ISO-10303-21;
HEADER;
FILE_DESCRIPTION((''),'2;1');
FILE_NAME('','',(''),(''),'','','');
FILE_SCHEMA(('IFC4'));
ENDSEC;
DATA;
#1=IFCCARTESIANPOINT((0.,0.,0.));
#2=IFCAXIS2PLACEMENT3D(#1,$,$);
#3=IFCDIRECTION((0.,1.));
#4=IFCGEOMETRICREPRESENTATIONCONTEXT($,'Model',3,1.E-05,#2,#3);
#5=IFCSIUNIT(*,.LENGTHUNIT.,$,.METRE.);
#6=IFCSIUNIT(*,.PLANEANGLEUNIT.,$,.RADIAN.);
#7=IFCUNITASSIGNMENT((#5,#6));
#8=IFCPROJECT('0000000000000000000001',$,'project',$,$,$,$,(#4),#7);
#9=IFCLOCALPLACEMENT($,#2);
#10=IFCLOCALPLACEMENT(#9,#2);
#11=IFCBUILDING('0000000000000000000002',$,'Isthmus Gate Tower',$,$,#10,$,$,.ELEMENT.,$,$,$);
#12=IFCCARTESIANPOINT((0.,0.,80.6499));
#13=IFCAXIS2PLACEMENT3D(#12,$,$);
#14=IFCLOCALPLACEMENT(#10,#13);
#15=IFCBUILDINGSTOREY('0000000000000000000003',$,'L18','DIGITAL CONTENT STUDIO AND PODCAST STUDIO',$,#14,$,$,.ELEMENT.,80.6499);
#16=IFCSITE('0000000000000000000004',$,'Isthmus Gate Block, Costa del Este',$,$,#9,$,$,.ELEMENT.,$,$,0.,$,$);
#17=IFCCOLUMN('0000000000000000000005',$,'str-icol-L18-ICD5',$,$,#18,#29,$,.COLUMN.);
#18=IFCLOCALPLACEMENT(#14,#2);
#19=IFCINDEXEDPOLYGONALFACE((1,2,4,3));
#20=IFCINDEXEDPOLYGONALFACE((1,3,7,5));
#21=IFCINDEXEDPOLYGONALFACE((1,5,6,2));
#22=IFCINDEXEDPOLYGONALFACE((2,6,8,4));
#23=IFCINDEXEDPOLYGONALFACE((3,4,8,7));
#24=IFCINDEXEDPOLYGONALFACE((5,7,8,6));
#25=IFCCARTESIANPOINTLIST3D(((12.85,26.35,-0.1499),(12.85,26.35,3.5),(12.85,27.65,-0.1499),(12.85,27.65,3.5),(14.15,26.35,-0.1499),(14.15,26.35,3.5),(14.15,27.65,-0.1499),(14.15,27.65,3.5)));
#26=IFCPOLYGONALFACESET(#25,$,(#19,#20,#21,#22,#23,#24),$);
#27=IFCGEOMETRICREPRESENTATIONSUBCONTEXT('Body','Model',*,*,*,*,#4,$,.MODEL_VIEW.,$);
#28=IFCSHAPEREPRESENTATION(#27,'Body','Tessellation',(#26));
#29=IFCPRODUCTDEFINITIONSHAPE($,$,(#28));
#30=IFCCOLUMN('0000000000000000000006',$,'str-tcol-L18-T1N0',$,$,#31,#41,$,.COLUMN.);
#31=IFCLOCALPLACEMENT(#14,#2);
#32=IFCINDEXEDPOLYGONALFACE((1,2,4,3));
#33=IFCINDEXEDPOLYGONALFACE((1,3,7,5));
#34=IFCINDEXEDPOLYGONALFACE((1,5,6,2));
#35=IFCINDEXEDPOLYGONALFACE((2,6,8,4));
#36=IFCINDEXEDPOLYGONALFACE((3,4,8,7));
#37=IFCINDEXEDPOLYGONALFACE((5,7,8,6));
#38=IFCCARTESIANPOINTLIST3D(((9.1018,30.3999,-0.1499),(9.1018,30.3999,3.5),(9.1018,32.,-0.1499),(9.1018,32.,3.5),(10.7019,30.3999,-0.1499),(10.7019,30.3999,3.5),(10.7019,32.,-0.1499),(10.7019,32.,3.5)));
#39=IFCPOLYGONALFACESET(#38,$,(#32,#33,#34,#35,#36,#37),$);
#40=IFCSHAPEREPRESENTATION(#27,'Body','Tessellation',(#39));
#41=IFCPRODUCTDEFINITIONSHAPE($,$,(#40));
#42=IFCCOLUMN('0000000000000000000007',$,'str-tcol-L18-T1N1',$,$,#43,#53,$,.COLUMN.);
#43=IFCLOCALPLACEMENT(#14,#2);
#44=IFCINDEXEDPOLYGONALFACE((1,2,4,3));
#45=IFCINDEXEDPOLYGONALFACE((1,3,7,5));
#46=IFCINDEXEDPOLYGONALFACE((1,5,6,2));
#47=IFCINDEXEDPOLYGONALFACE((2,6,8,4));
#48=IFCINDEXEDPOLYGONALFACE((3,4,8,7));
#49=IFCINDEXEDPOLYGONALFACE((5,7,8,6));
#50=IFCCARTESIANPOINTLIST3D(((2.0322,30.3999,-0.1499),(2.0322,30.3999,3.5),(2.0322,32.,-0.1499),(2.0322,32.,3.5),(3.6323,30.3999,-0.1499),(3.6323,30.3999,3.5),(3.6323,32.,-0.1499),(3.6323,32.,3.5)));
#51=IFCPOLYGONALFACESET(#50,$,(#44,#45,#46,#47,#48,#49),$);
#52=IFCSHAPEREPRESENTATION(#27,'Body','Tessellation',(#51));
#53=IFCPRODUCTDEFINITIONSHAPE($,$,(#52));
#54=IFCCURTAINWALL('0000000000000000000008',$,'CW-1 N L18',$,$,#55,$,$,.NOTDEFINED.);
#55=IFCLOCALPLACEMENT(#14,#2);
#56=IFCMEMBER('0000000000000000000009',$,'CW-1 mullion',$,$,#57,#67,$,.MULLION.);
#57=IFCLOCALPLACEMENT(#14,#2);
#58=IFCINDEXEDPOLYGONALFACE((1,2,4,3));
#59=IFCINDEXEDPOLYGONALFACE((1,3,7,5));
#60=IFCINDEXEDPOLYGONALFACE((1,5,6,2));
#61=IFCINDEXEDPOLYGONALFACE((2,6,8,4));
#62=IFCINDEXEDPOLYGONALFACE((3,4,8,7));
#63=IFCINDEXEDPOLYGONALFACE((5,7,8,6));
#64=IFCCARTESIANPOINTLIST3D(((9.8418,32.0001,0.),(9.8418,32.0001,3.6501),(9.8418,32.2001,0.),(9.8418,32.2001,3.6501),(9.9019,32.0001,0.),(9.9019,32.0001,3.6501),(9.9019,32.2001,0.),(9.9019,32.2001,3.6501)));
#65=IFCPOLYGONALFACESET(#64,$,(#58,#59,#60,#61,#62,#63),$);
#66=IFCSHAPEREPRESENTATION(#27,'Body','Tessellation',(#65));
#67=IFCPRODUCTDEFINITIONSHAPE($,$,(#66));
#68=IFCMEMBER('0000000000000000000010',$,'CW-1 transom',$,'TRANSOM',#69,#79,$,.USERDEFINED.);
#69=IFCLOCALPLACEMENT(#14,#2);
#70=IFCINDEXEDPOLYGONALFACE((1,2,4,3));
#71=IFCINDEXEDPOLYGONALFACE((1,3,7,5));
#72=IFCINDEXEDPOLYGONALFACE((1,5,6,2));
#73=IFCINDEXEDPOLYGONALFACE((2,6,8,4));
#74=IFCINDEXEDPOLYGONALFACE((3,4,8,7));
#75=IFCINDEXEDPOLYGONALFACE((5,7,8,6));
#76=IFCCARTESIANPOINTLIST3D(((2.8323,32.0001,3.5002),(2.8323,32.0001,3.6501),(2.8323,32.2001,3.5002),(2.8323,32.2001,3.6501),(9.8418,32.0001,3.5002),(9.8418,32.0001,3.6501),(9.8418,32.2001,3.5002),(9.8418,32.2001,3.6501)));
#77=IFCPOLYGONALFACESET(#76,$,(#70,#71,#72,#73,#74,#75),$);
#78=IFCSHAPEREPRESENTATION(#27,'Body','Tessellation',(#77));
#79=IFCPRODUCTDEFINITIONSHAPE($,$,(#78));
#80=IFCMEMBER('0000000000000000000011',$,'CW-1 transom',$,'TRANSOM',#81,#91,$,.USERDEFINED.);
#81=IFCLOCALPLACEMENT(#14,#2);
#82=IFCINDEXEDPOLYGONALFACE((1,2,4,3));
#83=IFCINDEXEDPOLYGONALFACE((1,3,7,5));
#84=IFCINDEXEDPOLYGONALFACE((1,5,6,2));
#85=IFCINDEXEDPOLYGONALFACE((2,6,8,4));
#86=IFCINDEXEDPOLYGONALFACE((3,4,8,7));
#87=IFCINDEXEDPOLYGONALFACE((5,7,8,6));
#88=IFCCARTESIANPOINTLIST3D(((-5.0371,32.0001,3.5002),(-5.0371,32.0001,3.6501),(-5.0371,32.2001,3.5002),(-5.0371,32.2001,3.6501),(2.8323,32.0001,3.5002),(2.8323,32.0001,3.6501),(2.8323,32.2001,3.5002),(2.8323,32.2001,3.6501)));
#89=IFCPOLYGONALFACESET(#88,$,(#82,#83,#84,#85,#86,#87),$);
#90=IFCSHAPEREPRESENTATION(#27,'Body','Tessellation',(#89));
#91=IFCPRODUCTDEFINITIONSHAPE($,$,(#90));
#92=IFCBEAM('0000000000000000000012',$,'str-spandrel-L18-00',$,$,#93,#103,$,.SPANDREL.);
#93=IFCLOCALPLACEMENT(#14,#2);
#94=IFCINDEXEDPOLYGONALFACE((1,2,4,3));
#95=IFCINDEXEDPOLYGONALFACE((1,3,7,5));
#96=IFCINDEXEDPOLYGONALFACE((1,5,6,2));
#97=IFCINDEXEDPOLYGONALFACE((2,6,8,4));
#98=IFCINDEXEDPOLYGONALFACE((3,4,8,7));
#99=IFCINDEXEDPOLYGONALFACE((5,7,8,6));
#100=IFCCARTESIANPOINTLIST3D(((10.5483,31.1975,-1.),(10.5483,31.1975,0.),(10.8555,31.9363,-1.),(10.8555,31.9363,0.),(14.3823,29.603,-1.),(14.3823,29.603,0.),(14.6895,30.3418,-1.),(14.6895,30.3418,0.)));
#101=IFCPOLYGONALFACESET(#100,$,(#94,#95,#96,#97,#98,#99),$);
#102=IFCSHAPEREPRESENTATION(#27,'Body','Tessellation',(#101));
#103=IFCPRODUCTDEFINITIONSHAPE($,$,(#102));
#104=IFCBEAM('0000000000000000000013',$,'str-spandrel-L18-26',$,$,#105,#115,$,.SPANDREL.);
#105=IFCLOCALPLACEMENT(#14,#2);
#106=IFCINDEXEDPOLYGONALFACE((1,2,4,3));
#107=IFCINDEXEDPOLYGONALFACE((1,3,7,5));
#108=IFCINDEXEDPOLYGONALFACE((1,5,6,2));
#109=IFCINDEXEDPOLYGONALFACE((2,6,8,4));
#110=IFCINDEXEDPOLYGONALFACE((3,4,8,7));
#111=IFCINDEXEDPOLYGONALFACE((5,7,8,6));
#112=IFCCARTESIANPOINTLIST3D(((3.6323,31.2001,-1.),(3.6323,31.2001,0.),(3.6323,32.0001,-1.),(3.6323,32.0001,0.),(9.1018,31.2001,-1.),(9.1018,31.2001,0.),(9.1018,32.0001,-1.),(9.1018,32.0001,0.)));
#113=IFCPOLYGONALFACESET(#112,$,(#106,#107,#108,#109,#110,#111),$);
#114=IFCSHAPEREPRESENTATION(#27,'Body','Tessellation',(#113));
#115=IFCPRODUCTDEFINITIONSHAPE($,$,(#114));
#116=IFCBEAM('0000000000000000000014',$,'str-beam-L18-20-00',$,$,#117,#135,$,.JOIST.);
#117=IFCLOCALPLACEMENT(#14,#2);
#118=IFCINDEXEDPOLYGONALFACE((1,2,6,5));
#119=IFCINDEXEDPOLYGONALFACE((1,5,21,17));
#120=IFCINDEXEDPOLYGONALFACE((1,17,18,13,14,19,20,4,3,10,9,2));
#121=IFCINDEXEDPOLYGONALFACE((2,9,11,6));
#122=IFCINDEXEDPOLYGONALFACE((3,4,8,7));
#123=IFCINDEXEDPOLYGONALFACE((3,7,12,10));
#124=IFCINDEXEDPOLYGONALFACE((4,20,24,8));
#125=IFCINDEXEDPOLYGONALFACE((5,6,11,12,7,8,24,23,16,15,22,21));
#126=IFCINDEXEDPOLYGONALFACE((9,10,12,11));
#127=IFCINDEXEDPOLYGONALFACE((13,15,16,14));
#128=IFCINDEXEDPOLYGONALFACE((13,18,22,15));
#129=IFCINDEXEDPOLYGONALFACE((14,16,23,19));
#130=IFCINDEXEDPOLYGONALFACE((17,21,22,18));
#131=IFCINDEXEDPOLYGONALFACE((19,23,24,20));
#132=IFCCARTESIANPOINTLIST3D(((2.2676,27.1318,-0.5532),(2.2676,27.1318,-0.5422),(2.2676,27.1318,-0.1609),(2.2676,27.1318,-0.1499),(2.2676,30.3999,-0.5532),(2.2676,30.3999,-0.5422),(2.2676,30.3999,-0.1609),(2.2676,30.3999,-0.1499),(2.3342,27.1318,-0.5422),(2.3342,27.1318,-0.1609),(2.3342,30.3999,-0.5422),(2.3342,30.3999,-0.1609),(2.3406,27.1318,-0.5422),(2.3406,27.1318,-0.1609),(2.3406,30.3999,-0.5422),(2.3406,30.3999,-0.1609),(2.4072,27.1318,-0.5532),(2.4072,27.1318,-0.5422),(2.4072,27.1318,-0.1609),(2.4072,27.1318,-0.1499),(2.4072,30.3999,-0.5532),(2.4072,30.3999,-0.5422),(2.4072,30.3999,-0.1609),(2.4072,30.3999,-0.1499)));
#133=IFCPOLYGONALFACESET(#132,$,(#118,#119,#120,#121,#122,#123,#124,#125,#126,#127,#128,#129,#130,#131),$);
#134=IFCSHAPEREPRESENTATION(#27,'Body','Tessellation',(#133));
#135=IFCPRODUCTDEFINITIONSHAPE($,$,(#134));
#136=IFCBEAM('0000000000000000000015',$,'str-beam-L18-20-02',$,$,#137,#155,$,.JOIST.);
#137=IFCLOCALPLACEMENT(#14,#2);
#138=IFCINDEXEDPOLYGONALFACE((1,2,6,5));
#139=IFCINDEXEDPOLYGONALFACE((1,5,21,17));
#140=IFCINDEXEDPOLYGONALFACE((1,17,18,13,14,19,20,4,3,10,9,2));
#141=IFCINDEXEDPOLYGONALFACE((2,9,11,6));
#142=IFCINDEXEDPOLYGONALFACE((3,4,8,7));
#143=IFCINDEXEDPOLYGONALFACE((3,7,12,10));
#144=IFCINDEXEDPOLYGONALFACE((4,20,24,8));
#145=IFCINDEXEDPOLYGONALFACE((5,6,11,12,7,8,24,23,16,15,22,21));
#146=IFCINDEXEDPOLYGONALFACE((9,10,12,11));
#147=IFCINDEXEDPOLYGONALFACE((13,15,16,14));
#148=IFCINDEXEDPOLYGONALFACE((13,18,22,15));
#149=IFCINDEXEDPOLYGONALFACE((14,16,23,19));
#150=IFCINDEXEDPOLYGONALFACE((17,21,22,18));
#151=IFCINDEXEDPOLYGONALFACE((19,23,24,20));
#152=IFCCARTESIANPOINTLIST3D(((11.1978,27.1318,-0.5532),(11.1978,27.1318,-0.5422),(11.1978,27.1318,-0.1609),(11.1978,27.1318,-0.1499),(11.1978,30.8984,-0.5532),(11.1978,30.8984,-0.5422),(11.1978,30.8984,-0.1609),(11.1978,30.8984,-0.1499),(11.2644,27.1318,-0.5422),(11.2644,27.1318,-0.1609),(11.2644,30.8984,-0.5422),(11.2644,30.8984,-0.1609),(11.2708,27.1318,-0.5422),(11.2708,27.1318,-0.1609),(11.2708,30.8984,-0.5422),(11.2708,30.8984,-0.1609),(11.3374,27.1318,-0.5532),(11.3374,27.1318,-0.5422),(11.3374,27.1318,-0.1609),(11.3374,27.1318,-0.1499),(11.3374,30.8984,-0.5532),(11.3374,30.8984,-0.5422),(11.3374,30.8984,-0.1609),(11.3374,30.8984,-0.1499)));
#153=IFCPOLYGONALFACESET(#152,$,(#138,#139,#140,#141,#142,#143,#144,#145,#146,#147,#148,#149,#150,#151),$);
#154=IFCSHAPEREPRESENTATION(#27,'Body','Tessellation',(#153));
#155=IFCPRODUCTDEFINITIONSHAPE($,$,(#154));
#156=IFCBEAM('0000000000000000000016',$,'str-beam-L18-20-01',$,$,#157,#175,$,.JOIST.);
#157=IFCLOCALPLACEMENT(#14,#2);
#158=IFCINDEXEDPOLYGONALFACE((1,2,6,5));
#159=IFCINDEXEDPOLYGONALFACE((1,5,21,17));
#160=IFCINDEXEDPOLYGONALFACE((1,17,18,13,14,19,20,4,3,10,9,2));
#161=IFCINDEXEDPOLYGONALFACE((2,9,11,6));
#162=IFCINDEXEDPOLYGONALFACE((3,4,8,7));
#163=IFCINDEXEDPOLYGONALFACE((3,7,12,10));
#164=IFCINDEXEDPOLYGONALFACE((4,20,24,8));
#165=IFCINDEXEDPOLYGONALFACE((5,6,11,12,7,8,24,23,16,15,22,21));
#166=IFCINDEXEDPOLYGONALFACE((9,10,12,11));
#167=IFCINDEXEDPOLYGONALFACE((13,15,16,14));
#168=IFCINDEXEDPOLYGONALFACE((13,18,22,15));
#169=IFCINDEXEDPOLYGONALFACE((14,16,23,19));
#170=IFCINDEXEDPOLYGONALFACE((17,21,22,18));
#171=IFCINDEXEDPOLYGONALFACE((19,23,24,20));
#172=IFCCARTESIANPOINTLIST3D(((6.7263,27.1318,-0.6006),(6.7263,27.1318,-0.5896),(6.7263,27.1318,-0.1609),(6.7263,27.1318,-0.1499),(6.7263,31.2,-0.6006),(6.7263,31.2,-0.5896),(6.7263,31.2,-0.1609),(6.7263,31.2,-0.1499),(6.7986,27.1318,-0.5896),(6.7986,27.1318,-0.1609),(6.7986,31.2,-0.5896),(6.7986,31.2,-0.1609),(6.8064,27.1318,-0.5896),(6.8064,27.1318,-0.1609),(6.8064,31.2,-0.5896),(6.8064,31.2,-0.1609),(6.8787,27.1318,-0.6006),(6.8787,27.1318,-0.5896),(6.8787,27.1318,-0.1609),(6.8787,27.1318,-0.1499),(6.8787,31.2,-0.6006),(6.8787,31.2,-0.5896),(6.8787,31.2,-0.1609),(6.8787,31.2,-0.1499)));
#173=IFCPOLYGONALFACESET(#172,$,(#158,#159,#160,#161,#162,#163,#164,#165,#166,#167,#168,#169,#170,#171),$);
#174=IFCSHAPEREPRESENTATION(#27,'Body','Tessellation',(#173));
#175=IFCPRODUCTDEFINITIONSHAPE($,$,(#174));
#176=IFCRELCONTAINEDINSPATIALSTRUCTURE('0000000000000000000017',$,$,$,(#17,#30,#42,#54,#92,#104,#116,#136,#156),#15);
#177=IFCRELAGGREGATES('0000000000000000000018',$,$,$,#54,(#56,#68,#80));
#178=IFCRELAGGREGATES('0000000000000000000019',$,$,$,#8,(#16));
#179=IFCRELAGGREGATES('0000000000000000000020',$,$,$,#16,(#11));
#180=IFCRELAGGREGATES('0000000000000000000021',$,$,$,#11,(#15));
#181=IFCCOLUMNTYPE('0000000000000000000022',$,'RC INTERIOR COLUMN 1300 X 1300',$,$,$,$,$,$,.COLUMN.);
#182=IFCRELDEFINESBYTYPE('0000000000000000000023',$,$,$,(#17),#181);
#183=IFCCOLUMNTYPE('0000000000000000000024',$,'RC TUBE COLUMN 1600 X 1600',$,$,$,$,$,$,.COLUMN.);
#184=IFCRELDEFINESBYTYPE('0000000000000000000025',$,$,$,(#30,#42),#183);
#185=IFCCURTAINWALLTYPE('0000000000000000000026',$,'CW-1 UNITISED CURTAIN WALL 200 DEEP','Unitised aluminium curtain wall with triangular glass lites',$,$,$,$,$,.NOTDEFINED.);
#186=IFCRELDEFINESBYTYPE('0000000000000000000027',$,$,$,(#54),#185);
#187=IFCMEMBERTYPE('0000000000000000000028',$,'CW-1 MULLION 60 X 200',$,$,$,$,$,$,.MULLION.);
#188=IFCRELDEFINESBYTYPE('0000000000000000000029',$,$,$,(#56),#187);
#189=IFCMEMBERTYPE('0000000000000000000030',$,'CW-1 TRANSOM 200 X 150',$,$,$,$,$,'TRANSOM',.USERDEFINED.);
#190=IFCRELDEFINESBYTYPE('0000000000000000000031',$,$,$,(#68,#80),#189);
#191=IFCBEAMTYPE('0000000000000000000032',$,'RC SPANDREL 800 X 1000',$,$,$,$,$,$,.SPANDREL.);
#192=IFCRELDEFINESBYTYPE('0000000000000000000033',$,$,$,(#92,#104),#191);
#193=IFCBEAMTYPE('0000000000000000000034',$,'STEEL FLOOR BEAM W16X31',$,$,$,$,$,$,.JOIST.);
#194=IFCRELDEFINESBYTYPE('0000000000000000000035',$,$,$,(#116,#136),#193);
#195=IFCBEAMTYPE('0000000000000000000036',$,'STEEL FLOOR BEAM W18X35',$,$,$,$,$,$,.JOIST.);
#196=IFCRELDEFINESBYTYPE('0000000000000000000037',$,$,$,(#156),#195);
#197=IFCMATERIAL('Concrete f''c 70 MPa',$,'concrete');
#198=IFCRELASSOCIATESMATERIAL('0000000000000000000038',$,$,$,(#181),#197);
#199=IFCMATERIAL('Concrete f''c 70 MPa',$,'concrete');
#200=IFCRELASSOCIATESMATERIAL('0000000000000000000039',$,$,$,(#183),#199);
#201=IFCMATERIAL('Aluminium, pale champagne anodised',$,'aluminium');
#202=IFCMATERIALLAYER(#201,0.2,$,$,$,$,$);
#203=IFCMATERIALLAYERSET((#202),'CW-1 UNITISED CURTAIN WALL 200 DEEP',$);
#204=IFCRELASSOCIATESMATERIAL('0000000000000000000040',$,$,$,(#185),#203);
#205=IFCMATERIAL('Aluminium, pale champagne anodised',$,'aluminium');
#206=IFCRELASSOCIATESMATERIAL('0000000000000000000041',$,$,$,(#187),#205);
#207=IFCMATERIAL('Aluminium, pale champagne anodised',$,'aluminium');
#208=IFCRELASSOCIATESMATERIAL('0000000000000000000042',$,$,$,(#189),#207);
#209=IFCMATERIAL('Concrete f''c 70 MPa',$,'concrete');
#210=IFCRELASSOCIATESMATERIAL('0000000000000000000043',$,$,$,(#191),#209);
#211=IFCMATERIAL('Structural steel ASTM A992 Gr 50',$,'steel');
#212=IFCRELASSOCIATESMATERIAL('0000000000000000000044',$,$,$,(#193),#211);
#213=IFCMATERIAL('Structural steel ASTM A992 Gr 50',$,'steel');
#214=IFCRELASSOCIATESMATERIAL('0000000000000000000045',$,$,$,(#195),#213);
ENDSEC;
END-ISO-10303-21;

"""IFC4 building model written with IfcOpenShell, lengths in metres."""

from ifc_helpers import new_model, si_unit, direction, frame, origin, origin_2d, place, context, subcontext, project, spatial, rectangle, i_section, extrude, material, layer, layer_set, material_profile, profile_set, type_object, element, aggregate, save


model = new_model("IFC4")

# Units and contexts
model_context = context("Model", 3, precision=1e-05, world=origin(), true_north=direction((0.0, 1.0)))
body_context = subcontext(model_context, "Body", "Model", "MODEL_VIEW")
ifc_project = project(units=[si_unit("LENGTHUNIT", "METRE"), si_unit("PLANEANGLEUNIT", "RADIAN")], contexts=[model_context])

# Site, building, storey
site_placement = place(None, origin())
site = spatial("IfcSite", under=ifc_project, at=site_placement, Name="Isthmus Gate Block, Costa del Este", CompositionType="ELEMENT", RefElevation=0.0)
building_placement = place(site_placement, origin())
building = spatial("IfcBuilding", under=site, at=building_placement, Name="Isthmus Gate Tower", CompositionType="ELEMENT")
storey_placement = place(building_placement, frame((0.0, 0.0, 80.6499)))
storey = spatial("IfcBuildingStorey", under=building, at=storey_placement, Name="L18", Description="DIGITAL CONTENT STUDIO AND PODCAST STUDIO", CompositionType="ELEMENT", Elevation=80.6499)

# Columns
ifc_material_1 = material(Name="Concrete f'c 70 MPa", Category="concrete")
ifc_material_profile_1 = material_profile(ifc_material_1, rectangle(XDim=1.3, YDim=1.3, at=origin_2d()), Name="RC 1300X1300")
ifc_profile_set_1 = profile_set([ifc_material_profile_1], Name="Concrete f'c 70 MPa")
column_type_1 = type_object("IfcColumnType", Name="RC INTERIOR COLUMN 1300 X 1300", PredefinedType="COLUMN", material=ifc_profile_set_1)
column_placement = place(storey_placement, frame((13.5, 27.0, -0.1499), z_axis=(0.0, 0.0, 1.0), x_axis=(1.0, 0.0, 0.0)))
element("IfcColumn", 1, at=column_placement, inside=storey, type_object=column_type_1, Name="str-icol-L18-ICD5", PredefinedType="COLUMN", context=body_context, shape_type="SweptSolid", body=[
    extrude(rectangle(XDim=1.3, YDim=1.3, at=origin_2d()), origin(), (0.0, 0.0, 1.0), 3.6499),
])
ifc_material_2 = material(Name="Concrete f'c 70 MPa", Category="concrete")
ifc_material_profile_2 = material_profile(ifc_material_2, rectangle(XDim=1.6001, YDim=1.6001, at=origin_2d()), Name="RC 1600X1600")
ifc_profile_set_2 = profile_set([ifc_material_profile_2], Name="Concrete f'c 70 MPa")
column_type_2 = type_object("IfcColumnType", Name="RC TUBE COLUMN 1600 X 1600", PredefinedType="COLUMN", material=ifc_profile_set_2)
for number, where, z_axis, x_axis, name in (
    (2, (9.9019, 31.2, -0.1499), (0.0, 0.0, 1.0), (-1.0, 0.0, 0.0), "str-tcol-L18-T1N0"),
    (3, (2.8323, 31.2, -0.1499), (0.0, 0.0, 1.0), (-1.0, 0.0, 0.0), "str-tcol-L18-T1N1"),
):
    element("IfcColumn", number, at=place(storey_placement, frame(where, z_axis=z_axis, x_axis=x_axis)), inside=storey, type_object=column_type_2, Name=name, PredefinedType="COLUMN", context=body_context, shape_type="SweptSolid", body=[
        extrude(rectangle(XDim=1.6001, YDim=1.6001, at=origin_2d()), origin(), (0.0, 0.0, 1.0), 3.6499),
    ])

# Curtain wall, members
ifc_material_3 = material(Name="Aluminium, pale champagne anodised", Category="aluminium")
ifc_layer_1 = layer(ifc_material_3, 0.2)
ifc_layer_set_1 = layer_set([ifc_layer_1], Name="CW-1 UNITISED CURTAIN WALL 200 DEEP")
curtain_wall_type = type_object("IfcCurtainWallType", Name="CW-1 UNITISED CURTAIN WALL 200 DEEP", Description="Unitised aluminium curtain wall with triangular glass lites", PredefinedType="NOTDEFINED", material=ifc_layer_set_1)
curtain_wall_1_placement = place(storey_placement, origin())
curtain_wall_1 = element("IfcCurtainWall", 4, at=curtain_wall_1_placement, inside=storey, type_object=curtain_wall_type, Name="CW-1 N L18", PredefinedType="NOTDEFINED")
ifc_material_4 = material(Name="Aluminium, pale champagne anodised", Category="aluminium")
ifc_material_profile_3 = material_profile(ifc_material_4, rectangle(XDim=0.0601, YDim=0.2, at=origin_2d()), Name="60x200")
ifc_profile_set_3 = profile_set([ifc_material_profile_3], Name="Aluminium, pale champagne anodised")
member_type_1 = type_object("IfcMemberType", Name="CW-1 MULLION 60 X 200", PredefinedType="MULLION", material=ifc_profile_set_3)
member_1_placement = place(storey_placement, frame((9.8718, 32.1001, 0.0), z_axis=(0.0, 0.0, 1.0), x_axis=(-1.0, 0.0, 0.0)))
member_1 = element("IfcMember", 5, at=member_1_placement, type_object=member_type_1, Name="CW-1 mullion", PredefinedType="MULLION", context=body_context, shape_type="SweptSolid", body=[
    extrude(rectangle(XDim=0.0601, YDim=0.2, at=origin_2d()), origin(), (0.0, 0.0, 1.0), 3.6501),
])
ifc_material_5 = material(Name="Aluminium, pale champagne anodised", Category="aluminium")
ifc_material_profile_4 = material_profile(ifc_material_5, rectangle(XDim=0.2, YDim=0.1499, at=origin_2d()), Name="200x150")
ifc_profile_set_4 = profile_set([ifc_material_profile_4], Name="Aluminium, pale champagne anodised")
member_type_2 = type_object("IfcMemberType", Name="CW-1 TRANSOM 200 X 150", ElementType="TRANSOM", PredefinedType="USERDEFINED", material=ifc_profile_set_4)
member_2_placement = place(storey_placement, frame((9.8418, 32.1001, 3.5752), z_axis=(-1.0, 0.0, 0.0), x_axis=(0.0, -1.0, 0.0)))
member_2 = element("IfcMember", 6, at=member_2_placement, type_object=member_type_2, Name="CW-1 transom", ObjectType="TRANSOM", PredefinedType="USERDEFINED", context=body_context, shape_type="SweptSolid", body=[
    extrude(rectangle(XDim=0.2, YDim=0.1499, at=origin_2d()), origin(), (0.0, 0.0, 1.0), 7.0095),
])
member_3_placement = place(storey_placement, frame((2.8323, 32.1001, 3.5752), z_axis=(-1.0, 0.0, 0.0), x_axis=(0.0, -1.0, 0.0)))
member_3 = element("IfcMember", 7, at=member_3_placement, type_object=member_type_2, Name="CW-1 transom", ObjectType="TRANSOM", PredefinedType="USERDEFINED", context=body_context, shape_type="SweptSolid", body=[
    extrude(rectangle(XDim=0.2, YDim=0.1499, at=origin_2d()), origin(), (0.0, 0.0, 1.0), 7.8694),
])

# Beams
ifc_material_6 = material(Name="Concrete f'c 70 MPa", Category="concrete")
ifc_material_profile_5 = material_profile(ifc_material_6, rectangle(XDim=0.8, YDim=1.0, at=origin_2d()), Name="RC 800X1000")
ifc_profile_set_5 = profile_set([ifc_material_profile_5], Name="Concrete f'c 70 MPa")
beam_type_1 = type_object("IfcBeamType", Name="RC SPANDREL 800 X 1000", PredefinedType="SPANDREL", material=ifc_profile_set_5)
beam_1_placement = place(storey_placement, frame((10.7019, 31.5669, -0.5), z_axis=(0.923334, -0.383997, 0.0), x_axis=(0.383997, 0.923334, 0.0)))
element("IfcBeam", 8, at=beam_1_placement, inside=storey, type_object=beam_type_1, Name="str-spandrel-L18-00", PredefinedType="SPANDREL", context=body_context, shape_type="SweptSolid", body=[
    extrude(rectangle(XDim=0.8, YDim=1.0, at=origin_2d()), origin(), (0.0, 0.0, 1.0), 4.1523),
])
beam_2_placement = place(storey_placement, frame((3.6323, 31.6001, -0.5), z_axis=(1.0, 0.0, 0.0), x_axis=(0.0, 1.0, 0.0)))
element("IfcBeam", 9, at=beam_2_placement, inside=storey, type_object=beam_type_1, Name="str-spandrel-L18-26", PredefinedType="SPANDREL", context=body_context, shape_type="SweptSolid", body=[
    extrude(rectangle(XDim=0.8, YDim=1.0, at=origin_2d()), origin(), (0.0, 0.0, 1.0), 5.4695),
])
ifc_material_7 = material(Name="Structural steel ASTM A992 Gr 50", Category="steel")
ifc_material_profile_6 = material_profile(ifc_material_7, i_section(OverallWidth=0.1396, OverallDepth=0.4033, WebThickness=0.0063, FlangeThickness=0.011, at=origin_2d()), Name="W16X31")
ifc_profile_set_6 = profile_set([ifc_material_profile_6], Name="Structural steel ASTM A992 Gr 50")
beam_type_2 = type_object("IfcBeamType", Name="STEEL FLOOR BEAM W16X31", PredefinedType="JOIST", material=ifc_profile_set_6)
beam_3_placement = place(storey_placement, frame((2.3374, 27.1318, -0.3516), z_axis=(0.0, 1.0, 0.0), x_axis=(-1.0, 0.0, 0.0)))
element("IfcBeam", 10, at=beam_3_placement, inside=storey, type_object=beam_type_2, Name="str-beam-L18-20-00", PredefinedType="JOIST", context=body_context, shape_type="SweptSolid", body=[
    extrude(i_section(OverallWidth=0.1396, OverallDepth=0.4033, WebThickness=0.0063, FlangeThickness=0.011, at=origin_2d()), origin(), (0.0, 0.0, 1.0), 3.2681),
])
beam_4_placement = place(storey_placement, frame((11.2676, 27.1318, -0.3516), z_axis=(0.0, 1.0, 0.0), x_axis=(-1.0, 0.0, 0.0)))
element("IfcBeam", 11, at=beam_4_placement, inside=storey, type_object=beam_type_2, Name="str-beam-L18-20-02", PredefinedType="JOIST", context=body_context, shape_type="SweptSolid", body=[
    extrude(i_section(OverallWidth=0.1396, OverallDepth=0.4033, WebThickness=0.0063, FlangeThickness=0.011, at=origin_2d()), origin(), (0.0, 0.0, 1.0), 3.7666),
])
ifc_material_8 = material(Name="Structural steel ASTM A992 Gr 50", Category="steel")
ifc_material_profile_7 = material_profile(ifc_material_8, i_section(OverallWidth=0.1523, OverallDepth=0.4507, WebThickness=0.0078, FlangeThickness=0.011, at=origin_2d()), Name="W18X35")
ifc_profile_set_7 = profile_set([ifc_material_profile_7], Name="Structural steel ASTM A992 Gr 50")
beam_type_3 = type_object("IfcBeamType", Name="STEEL FLOOR BEAM W18X35", PredefinedType="JOIST", material=ifc_profile_set_7)
beam_5_placement = place(storey_placement, frame((6.8025, 27.1318, -0.3752), z_axis=(0.0, 1.0, 0.0), x_axis=(-1.0, 0.0, 0.0)))
element("IfcBeam", 12, at=beam_5_placement, inside=storey, type_object=beam_type_3, Name="str-beam-L18-20-01", PredefinedType="JOIST", context=body_context, shape_type="SweptSolid", body=[
    extrude(i_section(OverallWidth=0.1523, OverallDepth=0.4507, WebThickness=0.0078, FlangeThickness=0.011, at=origin_2d()), origin(), (0.0, 0.0, 1.0), 4.0681),
])

aggregate(curtain_wall_1, [member_1, member_2, member_3])

save(model, "model.ifc")
